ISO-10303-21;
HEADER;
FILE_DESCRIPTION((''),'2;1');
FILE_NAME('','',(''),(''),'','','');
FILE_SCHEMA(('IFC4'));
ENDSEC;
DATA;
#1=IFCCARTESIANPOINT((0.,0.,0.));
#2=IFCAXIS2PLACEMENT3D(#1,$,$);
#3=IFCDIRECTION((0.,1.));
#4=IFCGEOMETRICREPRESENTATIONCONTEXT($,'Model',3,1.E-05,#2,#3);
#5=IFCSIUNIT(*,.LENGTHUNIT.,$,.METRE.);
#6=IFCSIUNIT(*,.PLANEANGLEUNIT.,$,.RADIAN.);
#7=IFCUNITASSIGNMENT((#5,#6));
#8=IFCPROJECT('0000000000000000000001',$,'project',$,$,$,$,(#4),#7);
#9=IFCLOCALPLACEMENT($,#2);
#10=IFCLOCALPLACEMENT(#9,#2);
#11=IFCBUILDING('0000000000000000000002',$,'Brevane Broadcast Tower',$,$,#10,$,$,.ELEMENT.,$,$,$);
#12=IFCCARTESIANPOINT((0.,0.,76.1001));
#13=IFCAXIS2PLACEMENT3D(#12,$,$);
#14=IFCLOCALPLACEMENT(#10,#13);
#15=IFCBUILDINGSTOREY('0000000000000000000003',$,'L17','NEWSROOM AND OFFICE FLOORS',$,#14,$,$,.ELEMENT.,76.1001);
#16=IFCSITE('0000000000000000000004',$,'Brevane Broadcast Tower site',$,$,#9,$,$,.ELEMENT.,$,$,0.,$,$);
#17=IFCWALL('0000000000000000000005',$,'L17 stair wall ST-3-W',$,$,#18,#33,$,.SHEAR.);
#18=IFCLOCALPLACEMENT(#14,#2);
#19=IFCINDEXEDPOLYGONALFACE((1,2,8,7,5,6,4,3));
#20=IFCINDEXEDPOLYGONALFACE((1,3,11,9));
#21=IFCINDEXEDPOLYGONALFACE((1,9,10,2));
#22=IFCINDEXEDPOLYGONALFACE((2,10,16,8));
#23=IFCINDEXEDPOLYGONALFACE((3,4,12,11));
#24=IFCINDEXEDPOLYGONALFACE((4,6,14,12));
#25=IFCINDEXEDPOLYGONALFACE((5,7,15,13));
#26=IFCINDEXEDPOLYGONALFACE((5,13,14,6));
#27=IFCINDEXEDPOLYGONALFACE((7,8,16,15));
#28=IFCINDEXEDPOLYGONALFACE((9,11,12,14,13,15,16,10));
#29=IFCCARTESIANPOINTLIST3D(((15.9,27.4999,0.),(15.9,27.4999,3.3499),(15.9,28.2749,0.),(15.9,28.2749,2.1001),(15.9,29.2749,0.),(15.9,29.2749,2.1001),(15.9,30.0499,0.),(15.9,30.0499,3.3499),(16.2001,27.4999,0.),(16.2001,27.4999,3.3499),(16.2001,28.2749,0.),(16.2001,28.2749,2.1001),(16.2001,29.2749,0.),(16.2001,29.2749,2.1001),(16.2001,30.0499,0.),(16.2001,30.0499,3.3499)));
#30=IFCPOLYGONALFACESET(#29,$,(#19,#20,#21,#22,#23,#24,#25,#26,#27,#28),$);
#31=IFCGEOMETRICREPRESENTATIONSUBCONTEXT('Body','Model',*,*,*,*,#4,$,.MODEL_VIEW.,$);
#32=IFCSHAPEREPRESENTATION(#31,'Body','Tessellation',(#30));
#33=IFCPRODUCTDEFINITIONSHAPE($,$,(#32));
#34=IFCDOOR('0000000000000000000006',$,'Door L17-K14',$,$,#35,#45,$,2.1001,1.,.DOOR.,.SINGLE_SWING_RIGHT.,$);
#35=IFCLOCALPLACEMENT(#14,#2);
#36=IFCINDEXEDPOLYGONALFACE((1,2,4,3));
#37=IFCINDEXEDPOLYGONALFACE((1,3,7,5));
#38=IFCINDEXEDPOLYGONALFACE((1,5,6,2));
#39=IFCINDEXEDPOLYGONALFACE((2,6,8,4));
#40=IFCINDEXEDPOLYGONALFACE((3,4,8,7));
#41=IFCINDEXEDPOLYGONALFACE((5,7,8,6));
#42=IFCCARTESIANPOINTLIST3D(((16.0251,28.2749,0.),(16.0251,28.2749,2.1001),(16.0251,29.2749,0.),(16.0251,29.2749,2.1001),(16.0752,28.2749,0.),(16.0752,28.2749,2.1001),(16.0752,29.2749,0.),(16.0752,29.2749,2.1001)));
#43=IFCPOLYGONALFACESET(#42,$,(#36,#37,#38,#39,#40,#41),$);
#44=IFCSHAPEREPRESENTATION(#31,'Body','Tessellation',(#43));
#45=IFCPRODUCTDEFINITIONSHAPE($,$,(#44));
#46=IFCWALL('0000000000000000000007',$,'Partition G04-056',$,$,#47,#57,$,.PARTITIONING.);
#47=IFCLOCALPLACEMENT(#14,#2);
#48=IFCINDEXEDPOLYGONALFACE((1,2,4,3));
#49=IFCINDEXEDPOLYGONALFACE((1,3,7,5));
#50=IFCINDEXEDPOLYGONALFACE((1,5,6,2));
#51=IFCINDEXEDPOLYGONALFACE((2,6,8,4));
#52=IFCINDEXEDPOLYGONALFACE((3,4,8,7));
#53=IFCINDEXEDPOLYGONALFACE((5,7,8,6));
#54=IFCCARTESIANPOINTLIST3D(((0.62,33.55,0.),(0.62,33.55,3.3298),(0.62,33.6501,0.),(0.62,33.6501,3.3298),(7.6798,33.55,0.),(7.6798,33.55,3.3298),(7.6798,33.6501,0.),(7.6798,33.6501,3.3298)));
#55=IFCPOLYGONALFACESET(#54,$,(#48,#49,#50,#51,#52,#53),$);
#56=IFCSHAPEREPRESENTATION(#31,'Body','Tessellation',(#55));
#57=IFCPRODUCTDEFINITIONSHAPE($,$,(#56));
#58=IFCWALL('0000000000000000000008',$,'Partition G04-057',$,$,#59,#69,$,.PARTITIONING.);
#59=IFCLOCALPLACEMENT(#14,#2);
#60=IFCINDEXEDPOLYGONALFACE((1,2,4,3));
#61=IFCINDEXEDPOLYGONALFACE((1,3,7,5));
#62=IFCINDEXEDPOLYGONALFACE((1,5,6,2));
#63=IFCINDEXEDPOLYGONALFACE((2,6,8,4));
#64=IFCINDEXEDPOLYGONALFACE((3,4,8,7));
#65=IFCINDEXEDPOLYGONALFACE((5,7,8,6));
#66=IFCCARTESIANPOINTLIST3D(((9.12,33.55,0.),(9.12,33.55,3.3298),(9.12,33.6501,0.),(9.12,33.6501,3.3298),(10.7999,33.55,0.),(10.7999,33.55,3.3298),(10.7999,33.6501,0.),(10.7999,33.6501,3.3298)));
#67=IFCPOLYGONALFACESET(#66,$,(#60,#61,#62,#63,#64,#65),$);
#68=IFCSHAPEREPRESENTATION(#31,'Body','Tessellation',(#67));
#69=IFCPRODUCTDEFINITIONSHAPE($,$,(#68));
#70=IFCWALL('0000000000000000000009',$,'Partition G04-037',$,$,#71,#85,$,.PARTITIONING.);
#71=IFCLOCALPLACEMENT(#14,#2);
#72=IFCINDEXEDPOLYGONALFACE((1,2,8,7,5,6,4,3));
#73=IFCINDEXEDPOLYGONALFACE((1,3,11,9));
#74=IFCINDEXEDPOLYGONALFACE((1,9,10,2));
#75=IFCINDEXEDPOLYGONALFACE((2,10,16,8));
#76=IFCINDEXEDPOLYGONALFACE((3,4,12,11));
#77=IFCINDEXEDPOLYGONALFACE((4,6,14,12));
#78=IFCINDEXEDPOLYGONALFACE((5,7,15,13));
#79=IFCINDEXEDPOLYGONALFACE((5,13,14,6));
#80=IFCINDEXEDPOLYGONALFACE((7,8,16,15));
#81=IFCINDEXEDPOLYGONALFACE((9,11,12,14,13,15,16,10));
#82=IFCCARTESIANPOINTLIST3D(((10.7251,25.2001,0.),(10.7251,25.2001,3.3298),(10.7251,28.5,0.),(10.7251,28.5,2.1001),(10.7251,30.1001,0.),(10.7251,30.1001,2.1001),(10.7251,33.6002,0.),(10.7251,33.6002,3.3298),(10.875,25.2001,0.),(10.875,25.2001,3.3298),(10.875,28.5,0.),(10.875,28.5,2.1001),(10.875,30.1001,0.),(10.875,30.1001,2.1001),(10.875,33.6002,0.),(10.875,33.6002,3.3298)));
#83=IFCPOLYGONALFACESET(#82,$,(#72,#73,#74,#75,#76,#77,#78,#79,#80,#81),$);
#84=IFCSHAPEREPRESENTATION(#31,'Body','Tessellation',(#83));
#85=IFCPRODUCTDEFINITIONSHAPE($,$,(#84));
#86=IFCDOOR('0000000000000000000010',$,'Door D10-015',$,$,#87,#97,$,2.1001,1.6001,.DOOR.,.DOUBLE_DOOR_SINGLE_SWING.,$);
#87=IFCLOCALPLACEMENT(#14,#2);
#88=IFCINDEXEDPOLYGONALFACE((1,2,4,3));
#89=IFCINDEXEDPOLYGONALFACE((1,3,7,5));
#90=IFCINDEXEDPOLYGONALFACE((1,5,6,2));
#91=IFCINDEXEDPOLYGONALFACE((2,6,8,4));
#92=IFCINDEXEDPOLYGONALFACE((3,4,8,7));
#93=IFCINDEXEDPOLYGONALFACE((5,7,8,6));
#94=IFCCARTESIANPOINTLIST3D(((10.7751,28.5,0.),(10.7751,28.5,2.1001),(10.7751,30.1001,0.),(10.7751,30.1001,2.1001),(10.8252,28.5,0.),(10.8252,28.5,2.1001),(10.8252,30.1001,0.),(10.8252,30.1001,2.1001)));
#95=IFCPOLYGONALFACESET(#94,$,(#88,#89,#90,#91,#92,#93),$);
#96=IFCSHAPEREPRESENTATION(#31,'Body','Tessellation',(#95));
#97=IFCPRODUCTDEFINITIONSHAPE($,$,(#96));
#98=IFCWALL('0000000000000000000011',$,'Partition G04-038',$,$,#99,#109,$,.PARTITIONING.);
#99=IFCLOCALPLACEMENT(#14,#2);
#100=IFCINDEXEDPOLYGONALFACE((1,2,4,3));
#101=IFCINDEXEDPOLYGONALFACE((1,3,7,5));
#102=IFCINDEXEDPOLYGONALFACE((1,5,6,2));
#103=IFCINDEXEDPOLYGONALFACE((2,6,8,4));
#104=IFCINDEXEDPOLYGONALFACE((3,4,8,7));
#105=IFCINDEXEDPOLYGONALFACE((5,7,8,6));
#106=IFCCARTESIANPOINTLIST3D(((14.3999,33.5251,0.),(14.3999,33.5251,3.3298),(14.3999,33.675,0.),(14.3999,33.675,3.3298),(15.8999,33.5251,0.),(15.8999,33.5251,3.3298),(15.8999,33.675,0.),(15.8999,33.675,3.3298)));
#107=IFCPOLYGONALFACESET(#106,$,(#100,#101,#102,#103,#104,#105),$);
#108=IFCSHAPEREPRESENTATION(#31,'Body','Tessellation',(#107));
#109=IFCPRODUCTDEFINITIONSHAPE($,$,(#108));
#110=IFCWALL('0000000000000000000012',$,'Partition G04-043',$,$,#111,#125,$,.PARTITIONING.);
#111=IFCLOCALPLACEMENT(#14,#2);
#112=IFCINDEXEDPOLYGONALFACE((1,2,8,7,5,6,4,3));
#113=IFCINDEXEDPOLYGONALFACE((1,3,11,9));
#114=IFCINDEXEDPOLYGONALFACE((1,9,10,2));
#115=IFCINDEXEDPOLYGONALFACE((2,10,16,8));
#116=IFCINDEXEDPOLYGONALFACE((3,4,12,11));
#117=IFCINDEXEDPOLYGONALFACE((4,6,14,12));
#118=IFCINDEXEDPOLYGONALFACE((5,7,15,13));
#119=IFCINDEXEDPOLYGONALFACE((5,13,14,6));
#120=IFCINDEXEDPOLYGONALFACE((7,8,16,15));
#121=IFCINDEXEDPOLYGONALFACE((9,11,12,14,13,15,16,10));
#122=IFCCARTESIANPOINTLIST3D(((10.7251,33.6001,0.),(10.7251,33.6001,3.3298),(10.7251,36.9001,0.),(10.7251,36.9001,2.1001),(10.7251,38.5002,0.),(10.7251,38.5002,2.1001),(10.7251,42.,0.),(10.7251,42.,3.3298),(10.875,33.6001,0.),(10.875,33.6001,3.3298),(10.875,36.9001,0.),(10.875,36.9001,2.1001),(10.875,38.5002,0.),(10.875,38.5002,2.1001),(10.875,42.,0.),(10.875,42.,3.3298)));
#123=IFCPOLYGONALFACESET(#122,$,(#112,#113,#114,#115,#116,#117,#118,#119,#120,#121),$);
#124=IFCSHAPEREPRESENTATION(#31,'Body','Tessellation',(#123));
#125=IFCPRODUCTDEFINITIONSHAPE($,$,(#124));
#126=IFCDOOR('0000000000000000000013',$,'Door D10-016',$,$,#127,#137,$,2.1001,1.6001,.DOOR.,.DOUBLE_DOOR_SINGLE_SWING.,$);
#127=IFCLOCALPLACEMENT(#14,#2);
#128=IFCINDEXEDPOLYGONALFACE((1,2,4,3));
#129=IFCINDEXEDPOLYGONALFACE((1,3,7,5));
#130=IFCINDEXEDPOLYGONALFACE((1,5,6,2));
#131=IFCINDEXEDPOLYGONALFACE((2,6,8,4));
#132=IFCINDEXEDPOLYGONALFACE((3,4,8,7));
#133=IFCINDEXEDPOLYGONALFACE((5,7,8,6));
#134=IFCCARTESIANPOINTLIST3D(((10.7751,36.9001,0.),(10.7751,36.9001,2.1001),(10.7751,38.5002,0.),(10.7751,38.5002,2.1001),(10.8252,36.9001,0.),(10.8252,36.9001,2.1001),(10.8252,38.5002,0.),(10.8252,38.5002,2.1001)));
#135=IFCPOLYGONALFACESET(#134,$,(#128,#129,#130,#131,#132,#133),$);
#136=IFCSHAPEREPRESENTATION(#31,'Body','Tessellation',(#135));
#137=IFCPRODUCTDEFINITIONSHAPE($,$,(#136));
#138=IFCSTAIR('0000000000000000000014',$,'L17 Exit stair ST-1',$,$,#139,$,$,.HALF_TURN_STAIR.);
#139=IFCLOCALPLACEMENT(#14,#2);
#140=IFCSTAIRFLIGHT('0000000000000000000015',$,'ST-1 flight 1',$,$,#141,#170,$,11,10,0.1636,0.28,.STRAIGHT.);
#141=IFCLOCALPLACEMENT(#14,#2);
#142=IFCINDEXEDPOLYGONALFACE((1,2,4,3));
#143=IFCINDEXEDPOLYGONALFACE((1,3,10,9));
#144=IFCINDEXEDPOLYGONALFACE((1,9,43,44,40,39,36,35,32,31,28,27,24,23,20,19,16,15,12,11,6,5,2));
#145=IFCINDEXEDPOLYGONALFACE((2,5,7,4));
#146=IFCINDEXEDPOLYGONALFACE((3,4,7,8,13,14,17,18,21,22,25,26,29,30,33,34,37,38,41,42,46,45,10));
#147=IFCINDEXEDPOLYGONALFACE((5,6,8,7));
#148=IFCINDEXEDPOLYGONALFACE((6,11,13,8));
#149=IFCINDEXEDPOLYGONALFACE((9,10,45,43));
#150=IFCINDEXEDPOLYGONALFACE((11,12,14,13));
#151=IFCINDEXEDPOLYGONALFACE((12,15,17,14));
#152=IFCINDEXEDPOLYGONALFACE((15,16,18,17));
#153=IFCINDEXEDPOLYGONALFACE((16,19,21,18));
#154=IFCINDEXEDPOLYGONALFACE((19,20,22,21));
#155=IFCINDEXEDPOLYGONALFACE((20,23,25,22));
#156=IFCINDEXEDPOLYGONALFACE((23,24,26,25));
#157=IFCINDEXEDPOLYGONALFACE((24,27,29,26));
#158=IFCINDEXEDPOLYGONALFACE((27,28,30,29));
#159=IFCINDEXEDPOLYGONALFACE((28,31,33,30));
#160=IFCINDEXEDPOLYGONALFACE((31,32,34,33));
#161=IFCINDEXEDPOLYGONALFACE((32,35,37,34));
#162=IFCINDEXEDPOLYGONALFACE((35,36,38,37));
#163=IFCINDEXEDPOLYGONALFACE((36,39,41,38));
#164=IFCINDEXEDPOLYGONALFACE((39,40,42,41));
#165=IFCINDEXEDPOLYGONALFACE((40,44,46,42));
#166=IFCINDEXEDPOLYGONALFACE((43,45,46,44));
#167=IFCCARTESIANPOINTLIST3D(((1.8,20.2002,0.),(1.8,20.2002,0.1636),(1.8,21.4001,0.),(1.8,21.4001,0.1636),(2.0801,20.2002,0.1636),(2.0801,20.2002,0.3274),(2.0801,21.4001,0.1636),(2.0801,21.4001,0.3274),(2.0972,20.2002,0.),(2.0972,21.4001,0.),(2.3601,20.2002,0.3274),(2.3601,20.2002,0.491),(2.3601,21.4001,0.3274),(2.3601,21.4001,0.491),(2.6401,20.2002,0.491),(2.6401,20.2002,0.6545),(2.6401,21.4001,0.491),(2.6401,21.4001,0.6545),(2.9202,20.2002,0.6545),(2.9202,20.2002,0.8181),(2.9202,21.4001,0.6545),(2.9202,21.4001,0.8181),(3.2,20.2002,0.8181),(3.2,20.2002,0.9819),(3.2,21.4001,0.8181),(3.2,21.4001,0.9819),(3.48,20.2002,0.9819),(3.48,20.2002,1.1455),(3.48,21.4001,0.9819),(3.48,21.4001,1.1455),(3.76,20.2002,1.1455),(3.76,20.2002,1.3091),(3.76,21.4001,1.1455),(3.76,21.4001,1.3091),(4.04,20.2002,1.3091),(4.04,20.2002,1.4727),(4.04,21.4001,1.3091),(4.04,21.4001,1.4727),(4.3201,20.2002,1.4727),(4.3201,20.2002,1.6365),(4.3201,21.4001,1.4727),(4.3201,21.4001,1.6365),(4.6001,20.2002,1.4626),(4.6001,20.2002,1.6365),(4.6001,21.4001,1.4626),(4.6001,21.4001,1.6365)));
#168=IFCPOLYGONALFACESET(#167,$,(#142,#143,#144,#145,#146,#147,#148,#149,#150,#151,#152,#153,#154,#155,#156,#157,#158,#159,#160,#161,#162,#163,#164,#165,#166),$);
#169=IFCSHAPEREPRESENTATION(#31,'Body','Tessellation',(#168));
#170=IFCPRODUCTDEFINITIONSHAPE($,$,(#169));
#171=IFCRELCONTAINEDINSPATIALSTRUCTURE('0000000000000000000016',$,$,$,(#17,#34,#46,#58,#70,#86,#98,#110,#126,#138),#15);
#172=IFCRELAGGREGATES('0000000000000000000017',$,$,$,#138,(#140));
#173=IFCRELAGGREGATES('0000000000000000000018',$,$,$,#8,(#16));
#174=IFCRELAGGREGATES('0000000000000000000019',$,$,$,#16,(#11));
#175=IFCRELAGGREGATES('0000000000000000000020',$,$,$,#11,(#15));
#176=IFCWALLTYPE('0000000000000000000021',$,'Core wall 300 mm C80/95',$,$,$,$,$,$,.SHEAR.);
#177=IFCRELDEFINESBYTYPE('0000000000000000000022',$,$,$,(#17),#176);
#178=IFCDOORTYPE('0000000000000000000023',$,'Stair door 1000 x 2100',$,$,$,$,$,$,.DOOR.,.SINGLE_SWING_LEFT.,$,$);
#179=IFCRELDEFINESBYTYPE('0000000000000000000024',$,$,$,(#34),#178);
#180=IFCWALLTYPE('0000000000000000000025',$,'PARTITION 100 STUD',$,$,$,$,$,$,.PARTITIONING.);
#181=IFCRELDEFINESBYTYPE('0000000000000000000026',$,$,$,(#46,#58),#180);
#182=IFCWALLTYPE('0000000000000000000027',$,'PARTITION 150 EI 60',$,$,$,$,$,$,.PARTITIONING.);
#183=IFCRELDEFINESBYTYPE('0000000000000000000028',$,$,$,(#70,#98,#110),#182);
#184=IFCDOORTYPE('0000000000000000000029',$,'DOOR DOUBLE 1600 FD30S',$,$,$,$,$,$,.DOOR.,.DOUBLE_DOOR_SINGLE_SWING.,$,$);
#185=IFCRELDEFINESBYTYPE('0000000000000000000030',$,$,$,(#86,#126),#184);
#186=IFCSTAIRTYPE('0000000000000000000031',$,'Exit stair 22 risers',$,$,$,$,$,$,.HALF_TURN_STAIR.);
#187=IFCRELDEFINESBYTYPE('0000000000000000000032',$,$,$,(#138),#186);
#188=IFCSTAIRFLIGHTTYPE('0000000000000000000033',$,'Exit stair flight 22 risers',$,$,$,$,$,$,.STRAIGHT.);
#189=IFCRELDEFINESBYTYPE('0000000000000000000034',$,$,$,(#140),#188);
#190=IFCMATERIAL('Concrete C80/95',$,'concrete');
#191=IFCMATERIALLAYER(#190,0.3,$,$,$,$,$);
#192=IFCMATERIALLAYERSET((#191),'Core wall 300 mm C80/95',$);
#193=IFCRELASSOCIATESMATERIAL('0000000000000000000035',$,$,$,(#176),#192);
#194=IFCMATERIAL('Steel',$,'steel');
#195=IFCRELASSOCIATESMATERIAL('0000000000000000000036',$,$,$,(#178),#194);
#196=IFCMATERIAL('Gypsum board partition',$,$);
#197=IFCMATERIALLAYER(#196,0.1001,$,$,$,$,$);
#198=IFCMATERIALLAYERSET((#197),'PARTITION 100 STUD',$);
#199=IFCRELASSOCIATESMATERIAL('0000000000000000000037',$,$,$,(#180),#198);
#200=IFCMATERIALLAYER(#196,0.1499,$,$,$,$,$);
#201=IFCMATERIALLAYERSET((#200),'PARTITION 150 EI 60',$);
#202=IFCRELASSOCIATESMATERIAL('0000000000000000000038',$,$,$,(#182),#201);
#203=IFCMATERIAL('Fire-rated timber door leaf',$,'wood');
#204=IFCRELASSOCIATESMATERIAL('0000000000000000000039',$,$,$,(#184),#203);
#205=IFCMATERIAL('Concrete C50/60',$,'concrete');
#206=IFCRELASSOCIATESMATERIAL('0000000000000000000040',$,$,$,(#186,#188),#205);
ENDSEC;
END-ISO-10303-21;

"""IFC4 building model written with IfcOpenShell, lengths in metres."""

from ifc_helpers import new_model, si_unit, direction, frame, frame_2d, origin, place, context, subcontext, project, spatial, polyline, rectangle, outline, extrude, material, layer, layer_set, type_object, element, fill, aggregate, save


model = new_model("IFC4")

# Units and contexts
model_context = context("Model", 3, precision=1e-05, world=origin(), true_north=direction((0.0, 1.0)))
body_context = subcontext(model_context, "Body", "Model", "MODEL_VIEW")
ifc_project = project(units=[si_unit("LENGTHUNIT", "METRE"), si_unit("PLANEANGLEUNIT", "RADIAN")], contexts=[model_context])

# Site, building, storey
site_placement = place(None, origin())
site = spatial("IfcSite", under=ifc_project, at=site_placement, Name="Brevane Broadcast Tower site", CompositionType="ELEMENT", RefElevation=0.0)
building_placement = place(site_placement, origin())
building = spatial("IfcBuilding", under=site, at=building_placement, Name="Brevane Broadcast Tower", CompositionType="ELEMENT")
storey_placement = place(building_placement, frame((0.0, 0.0, 76.1001)))
storey = spatial("IfcBuildingStorey", under=building, at=storey_placement, Name="L17", Description="NEWSROOM AND OFFICE FLOORS", CompositionType="ELEMENT", Elevation=76.1001)

# Shared definitions
ifc_material_1 = material(Name="Concrete C80/95", Category="concrete")

# Shared definitions
ifc_layer_1 = layer(ifc_material_1, 0.3)
ifc_layer_set_1 = layer_set([ifc_layer_1], Name="Core wall 300 mm C80/95")
wall_type_1 = type_object("IfcWallType", Name="Core wall 300 mm C80/95", PredefinedType="SHEAR", material=ifc_layer_set_1)
ifc_material_2 = material(Name="Steel", Category="steel")
door_type_1 = type_object("IfcDoorType", Name="Stair door 1000 x 2100", OperationType="SINGLE_SWING_LEFT", PredefinedType="DOOR", material=ifc_material_2)

# Wall, opening, door
wall_1_placement = place(storey_placement, frame((16.05, 27.5, 0.0), z_axis=(0.0, 0.0, 1.0), x_axis=(0.0, 1.0, 0.0)))
wall_1 = element("IfcWall", 1, at=wall_1_placement, inside=storey, type_object=wall_type_1, Name="L17 stair wall ST-3-W", PredefinedType="SHEAR", context=body_context, shape_type="SweptSolid", body=[
    extrude(rectangle(XDim=2.55, YDim=0.3, at=frame_2d((1.2749, 0.0))), origin(), (0.0, 0.0, 1.0), 3.3499),
])
opening_1_placement = place(wall_1_placement, frame((0.7749, 0.0, 0.0)))
opening_1 = element("IfcOpeningElement", 2, at=opening_1_placement, cuts=wall_1, PredefinedType="OPENING", context=body_context, shape_type="SweptSolid", body=[
    extrude(rectangle(XDim=1.0, YDim=2.1001, at=frame_2d((0.5, 1.05))), frame((0.0, 0.1599, 0.0), z_axis=(0.0, -1.0, 0.0), x_axis=(1.0, 0.0, 0.0)), (0.0, 0.0, 1.0), 0.3201),
])
door_1_placement = place(opening_1_placement, origin())
door_1 = element("IfcDoor", 3, at=door_1_placement, inside=storey, type_object=door_type_1, Name="Door L17-K14", OperationType="SINGLE_SWING_RIGHT", OverallHeight=2.1001, OverallWidth=1.0, PredefinedType="DOOR", context=body_context, shape_type="SweptSolid", body=[
    extrude(rectangle(XDim=1.0, YDim=2.1001, at=frame_2d((0.5, 1.05))), frame((0.0, 0.0249, 0.0), z_axis=(0.0, -1.0, 0.0), x_axis=(1.0, 0.0, 0.0)), (0.0, 0.0, 1.0), 0.05),
])
fill(opening_1, door_1)

# Walls
ifc_material_3 = material(Name="Gypsum board partition")
ifc_layer_2 = layer(ifc_material_3, 0.1001)
ifc_layer_set_2 = layer_set([ifc_layer_2], Name="PARTITION 100 STUD")
wall_type_2 = type_object("IfcWallType", Name="PARTITION 100 STUD", PredefinedType="PARTITIONING", material=ifc_layer_set_2)
wall_2_placement = place(storey_placement, frame((0.6201, 33.6001, 0.0), z_axis=(0.0, 0.0, 1.0), x_axis=(1.0, 0.0, 0.0)))
element("IfcWall", 4, at=wall_2_placement, inside=storey, type_object=wall_type_2, Name="Partition G04-056", PredefinedType="PARTITIONING", context=body_context, shape_type="SweptSolid", body=[
    extrude(rectangle(XDim=7.0598, YDim=0.1001, at=frame_2d((3.5298, 0.0))), origin(), (0.0, 0.0, 1.0), 3.3298),
])
wall_3_placement = place(storey_placement, frame((9.1201, 33.6001, 0.0), z_axis=(0.0, 0.0, 1.0), x_axis=(1.0, 0.0, 0.0)))
element("IfcWall", 5, at=wall_3_placement, inside=storey, type_object=wall_type_2, Name="Partition G04-057", PredefinedType="PARTITIONING", context=body_context, shape_type="SweptSolid", body=[
    extrude(rectangle(XDim=1.6799, YDim=0.1001, at=frame_2d((0.8398, 0.0))), origin(), (0.0, 0.0, 1.0), 3.3298),
])

# Wall, opening, door
ifc_layer_3 = layer(ifc_material_3, 0.1499)
ifc_layer_set_3 = layer_set([ifc_layer_3], Name="PARTITION 150 EI 60")
wall_type_3 = type_object("IfcWallType", Name="PARTITION 150 EI 60", PredefinedType="PARTITIONING", material=ifc_layer_set_3)
wall_4_placement = place(storey_placement, frame((10.8, 25.2, 0.0), z_axis=(0.0, 0.0, 1.0), x_axis=(0.0, 1.0, 0.0)))
wall_4 = element("IfcWall", 6, at=wall_4_placement, inside=storey, type_object=wall_type_3, Name="Partition G04-037", PredefinedType="PARTITIONING", context=body_context, shape_type="SweptSolid", body=[
    extrude(rectangle(XDim=8.4001, YDim=0.1499, at=frame_2d((4.2002, 0.0))), origin(), (0.0, 0.0, 1.0), 3.3298),
])
opening_2_placement = place(wall_4_placement, frame((3.3, 0.0, 0.0)))
opening_2 = element("IfcOpeningElement", 7, at=opening_2_placement, cuts=wall_4, PredefinedType="OPENING", context=body_context, shape_type="SweptSolid", body=[
    extrude(rectangle(XDim=1.6001, YDim=2.1001, at=frame_2d((0.8, 1.05))), frame((0.0, 0.085, 0.0), z_axis=(0.0, -1.0, 0.0), x_axis=(1.0, 0.0, 0.0)), (0.0, 0.0, 1.0), 0.1699),
])
ifc_material_4 = material(Name="Fire-rated timber door leaf", Category="wood")
door_type_2 = type_object("IfcDoorType", Name="DOOR DOUBLE 1600 FD30S", OperationType="DOUBLE_DOOR_SINGLE_SWING", PredefinedType="DOOR", material=ifc_material_4)
door_2_placement = place(opening_2_placement, origin())
door_2 = element("IfcDoor", 8, at=door_2_placement, inside=storey, type_object=door_type_2, Name="Door D10-015", OperationType="DOUBLE_DOOR_SINGLE_SWING", OverallHeight=2.1001, OverallWidth=1.6001, PredefinedType="DOOR", context=body_context, shape_type="SweptSolid", body=[
    extrude(rectangle(XDim=1.6001, YDim=2.1001, at=frame_2d((0.8, 1.05))), frame((0.0, 0.0249, 0.0), z_axis=(0.0, -1.0, 0.0), x_axis=(1.0, 0.0, 0.0)), (0.0, 0.0, 1.0), 0.05),
])
fill(opening_2, door_2)

# Wall
wall_5_placement = place(storey_placement, frame((14.3999, 33.6001, 0.0), z_axis=(0.0, 0.0, 1.0), x_axis=(1.0, 0.0, 0.0)))
element("IfcWall", 9, at=wall_5_placement, inside=storey, type_object=wall_type_3, Name="Partition G04-038", PredefinedType="PARTITIONING", context=body_context, shape_type="SweptSolid", body=[
    extrude(rectangle(XDim=1.5, YDim=0.1499, at=frame_2d((0.75, 0.0))), origin(), (0.0, 0.0, 1.0), 3.3298),
])

# Wall, opening, door
wall_6_placement = place(storey_placement, frame((10.8, 33.6001, 0.0), z_axis=(0.0, 0.0, 1.0), x_axis=(0.0, 1.0, 0.0)))
wall_6 = element("IfcWall", 10, at=wall_6_placement, inside=storey, type_object=wall_type_3, Name="Partition G04-043", PredefinedType="PARTITIONING", context=body_context, shape_type="SweptSolid", body=[
    extrude(rectangle(XDim=8.3999, YDim=0.1499, at=frame_2d((4.2, 0.0))), origin(), (0.0, 0.0, 1.0), 3.3298),
])
opening_3_placement = place(wall_6_placement, frame((3.3, 0.0, 0.0)))
opening_3 = element("IfcOpeningElement", 11, at=opening_3_placement, cuts=wall_6, PredefinedType="OPENING", context=body_context, shape_type="SweptSolid", body=[
    extrude(rectangle(XDim=1.6001, YDim=2.1001, at=frame_2d((0.8, 1.05))), frame((0.0, 0.085, 0.0), z_axis=(0.0, -1.0, 0.0), x_axis=(1.0, 0.0, 0.0)), (0.0, 0.0, 1.0), 0.1699),
])
door_3_placement = place(opening_3_placement, origin())
door_3 = element("IfcDoor", 12, at=door_3_placement, inside=storey, type_object=door_type_2, Name="Door D10-016", OperationType="DOUBLE_DOOR_SINGLE_SWING", OverallHeight=2.1001, OverallWidth=1.6001, PredefinedType="DOOR", context=body_context, shape_type="SweptSolid", body=[
    extrude(rectangle(XDim=1.6001, YDim=2.1001, at=frame_2d((0.8, 1.05))), frame((0.0, 0.0249, 0.0), z_axis=(0.0, -1.0, 0.0), x_axis=(1.0, 0.0, 0.0)), (0.0, 0.0, 1.0), 0.05),
])
fill(opening_3, door_3)

# Stair, stair flight
ifc_material_5 = material(Name="Concrete C50/60", Category="concrete")
stair_type = type_object("IfcStairType", Name="Exit stair 22 risers", PredefinedType="HALF_TURN_STAIR", material=ifc_material_5)
stair_placement = place(storey_placement, origin())
stair = element("IfcStair", 13, at=stair_placement, inside=storey, type_object=stair_type, Name="L17 Exit stair ST-1", PredefinedType="HALF_TURN_STAIR")
stair_flight_type = type_object("IfcStairFlightType", Name="Exit stair flight 22 risers", PredefinedType="STRAIGHT", material=ifc_material_5)
stair_flight_1_placement = place(storey_placement, frame((1.8, 20.8, 0.0), z_axis=(0.0, 0.0, 1.0), x_axis=(1.0, 0.0, 0.0)))
stair_flight_1 = element("IfcStairFlight", 14, at=stair_flight_1_placement, type_object=stair_flight_type, Name="ST-1 flight 1", NumberOfRisers=11, NumberOfTreads=10, PredefinedType="STRAIGHT", RiserHeight=0.1636, TreadLength=0.28, context=body_context, shape_type="SweptSolid", body=[
    extrude(outline(polyline([(0.0, 0.0), (0.0, 0.1636), (0.28, 0.1636), (0.28, 0.3274), (0.5601, 0.3274), (0.5601, 0.491), (0.8401, 0.491), (0.8401, 0.6545), (1.1201, 0.6545), (1.1201, 0.8181), (1.3999, 0.8181), (1.3999, 0.9819), (1.6799, 0.9819), (1.6799, 1.1455), (1.96, 1.1455), (1.96, 1.3091), (2.24, 1.3091), (2.24, 1.4727), (2.52, 1.4727), (2.52, 1.6365), (2.8, 1.6365), (2.8, 1.8), (2.8, 1.4626), (0.2971, 0.0), (0.0, 0.0)])), frame((0.0, 0.6001, 0.0), z_axis=(0.0, -1.0, 0.0), x_axis=(1.0, 0.0, 0.0)), (0.0, 0.0, 1.0), 1.2),
])
aggregate(stair, [stair_flight_1])

save(model, "model.ifc")
